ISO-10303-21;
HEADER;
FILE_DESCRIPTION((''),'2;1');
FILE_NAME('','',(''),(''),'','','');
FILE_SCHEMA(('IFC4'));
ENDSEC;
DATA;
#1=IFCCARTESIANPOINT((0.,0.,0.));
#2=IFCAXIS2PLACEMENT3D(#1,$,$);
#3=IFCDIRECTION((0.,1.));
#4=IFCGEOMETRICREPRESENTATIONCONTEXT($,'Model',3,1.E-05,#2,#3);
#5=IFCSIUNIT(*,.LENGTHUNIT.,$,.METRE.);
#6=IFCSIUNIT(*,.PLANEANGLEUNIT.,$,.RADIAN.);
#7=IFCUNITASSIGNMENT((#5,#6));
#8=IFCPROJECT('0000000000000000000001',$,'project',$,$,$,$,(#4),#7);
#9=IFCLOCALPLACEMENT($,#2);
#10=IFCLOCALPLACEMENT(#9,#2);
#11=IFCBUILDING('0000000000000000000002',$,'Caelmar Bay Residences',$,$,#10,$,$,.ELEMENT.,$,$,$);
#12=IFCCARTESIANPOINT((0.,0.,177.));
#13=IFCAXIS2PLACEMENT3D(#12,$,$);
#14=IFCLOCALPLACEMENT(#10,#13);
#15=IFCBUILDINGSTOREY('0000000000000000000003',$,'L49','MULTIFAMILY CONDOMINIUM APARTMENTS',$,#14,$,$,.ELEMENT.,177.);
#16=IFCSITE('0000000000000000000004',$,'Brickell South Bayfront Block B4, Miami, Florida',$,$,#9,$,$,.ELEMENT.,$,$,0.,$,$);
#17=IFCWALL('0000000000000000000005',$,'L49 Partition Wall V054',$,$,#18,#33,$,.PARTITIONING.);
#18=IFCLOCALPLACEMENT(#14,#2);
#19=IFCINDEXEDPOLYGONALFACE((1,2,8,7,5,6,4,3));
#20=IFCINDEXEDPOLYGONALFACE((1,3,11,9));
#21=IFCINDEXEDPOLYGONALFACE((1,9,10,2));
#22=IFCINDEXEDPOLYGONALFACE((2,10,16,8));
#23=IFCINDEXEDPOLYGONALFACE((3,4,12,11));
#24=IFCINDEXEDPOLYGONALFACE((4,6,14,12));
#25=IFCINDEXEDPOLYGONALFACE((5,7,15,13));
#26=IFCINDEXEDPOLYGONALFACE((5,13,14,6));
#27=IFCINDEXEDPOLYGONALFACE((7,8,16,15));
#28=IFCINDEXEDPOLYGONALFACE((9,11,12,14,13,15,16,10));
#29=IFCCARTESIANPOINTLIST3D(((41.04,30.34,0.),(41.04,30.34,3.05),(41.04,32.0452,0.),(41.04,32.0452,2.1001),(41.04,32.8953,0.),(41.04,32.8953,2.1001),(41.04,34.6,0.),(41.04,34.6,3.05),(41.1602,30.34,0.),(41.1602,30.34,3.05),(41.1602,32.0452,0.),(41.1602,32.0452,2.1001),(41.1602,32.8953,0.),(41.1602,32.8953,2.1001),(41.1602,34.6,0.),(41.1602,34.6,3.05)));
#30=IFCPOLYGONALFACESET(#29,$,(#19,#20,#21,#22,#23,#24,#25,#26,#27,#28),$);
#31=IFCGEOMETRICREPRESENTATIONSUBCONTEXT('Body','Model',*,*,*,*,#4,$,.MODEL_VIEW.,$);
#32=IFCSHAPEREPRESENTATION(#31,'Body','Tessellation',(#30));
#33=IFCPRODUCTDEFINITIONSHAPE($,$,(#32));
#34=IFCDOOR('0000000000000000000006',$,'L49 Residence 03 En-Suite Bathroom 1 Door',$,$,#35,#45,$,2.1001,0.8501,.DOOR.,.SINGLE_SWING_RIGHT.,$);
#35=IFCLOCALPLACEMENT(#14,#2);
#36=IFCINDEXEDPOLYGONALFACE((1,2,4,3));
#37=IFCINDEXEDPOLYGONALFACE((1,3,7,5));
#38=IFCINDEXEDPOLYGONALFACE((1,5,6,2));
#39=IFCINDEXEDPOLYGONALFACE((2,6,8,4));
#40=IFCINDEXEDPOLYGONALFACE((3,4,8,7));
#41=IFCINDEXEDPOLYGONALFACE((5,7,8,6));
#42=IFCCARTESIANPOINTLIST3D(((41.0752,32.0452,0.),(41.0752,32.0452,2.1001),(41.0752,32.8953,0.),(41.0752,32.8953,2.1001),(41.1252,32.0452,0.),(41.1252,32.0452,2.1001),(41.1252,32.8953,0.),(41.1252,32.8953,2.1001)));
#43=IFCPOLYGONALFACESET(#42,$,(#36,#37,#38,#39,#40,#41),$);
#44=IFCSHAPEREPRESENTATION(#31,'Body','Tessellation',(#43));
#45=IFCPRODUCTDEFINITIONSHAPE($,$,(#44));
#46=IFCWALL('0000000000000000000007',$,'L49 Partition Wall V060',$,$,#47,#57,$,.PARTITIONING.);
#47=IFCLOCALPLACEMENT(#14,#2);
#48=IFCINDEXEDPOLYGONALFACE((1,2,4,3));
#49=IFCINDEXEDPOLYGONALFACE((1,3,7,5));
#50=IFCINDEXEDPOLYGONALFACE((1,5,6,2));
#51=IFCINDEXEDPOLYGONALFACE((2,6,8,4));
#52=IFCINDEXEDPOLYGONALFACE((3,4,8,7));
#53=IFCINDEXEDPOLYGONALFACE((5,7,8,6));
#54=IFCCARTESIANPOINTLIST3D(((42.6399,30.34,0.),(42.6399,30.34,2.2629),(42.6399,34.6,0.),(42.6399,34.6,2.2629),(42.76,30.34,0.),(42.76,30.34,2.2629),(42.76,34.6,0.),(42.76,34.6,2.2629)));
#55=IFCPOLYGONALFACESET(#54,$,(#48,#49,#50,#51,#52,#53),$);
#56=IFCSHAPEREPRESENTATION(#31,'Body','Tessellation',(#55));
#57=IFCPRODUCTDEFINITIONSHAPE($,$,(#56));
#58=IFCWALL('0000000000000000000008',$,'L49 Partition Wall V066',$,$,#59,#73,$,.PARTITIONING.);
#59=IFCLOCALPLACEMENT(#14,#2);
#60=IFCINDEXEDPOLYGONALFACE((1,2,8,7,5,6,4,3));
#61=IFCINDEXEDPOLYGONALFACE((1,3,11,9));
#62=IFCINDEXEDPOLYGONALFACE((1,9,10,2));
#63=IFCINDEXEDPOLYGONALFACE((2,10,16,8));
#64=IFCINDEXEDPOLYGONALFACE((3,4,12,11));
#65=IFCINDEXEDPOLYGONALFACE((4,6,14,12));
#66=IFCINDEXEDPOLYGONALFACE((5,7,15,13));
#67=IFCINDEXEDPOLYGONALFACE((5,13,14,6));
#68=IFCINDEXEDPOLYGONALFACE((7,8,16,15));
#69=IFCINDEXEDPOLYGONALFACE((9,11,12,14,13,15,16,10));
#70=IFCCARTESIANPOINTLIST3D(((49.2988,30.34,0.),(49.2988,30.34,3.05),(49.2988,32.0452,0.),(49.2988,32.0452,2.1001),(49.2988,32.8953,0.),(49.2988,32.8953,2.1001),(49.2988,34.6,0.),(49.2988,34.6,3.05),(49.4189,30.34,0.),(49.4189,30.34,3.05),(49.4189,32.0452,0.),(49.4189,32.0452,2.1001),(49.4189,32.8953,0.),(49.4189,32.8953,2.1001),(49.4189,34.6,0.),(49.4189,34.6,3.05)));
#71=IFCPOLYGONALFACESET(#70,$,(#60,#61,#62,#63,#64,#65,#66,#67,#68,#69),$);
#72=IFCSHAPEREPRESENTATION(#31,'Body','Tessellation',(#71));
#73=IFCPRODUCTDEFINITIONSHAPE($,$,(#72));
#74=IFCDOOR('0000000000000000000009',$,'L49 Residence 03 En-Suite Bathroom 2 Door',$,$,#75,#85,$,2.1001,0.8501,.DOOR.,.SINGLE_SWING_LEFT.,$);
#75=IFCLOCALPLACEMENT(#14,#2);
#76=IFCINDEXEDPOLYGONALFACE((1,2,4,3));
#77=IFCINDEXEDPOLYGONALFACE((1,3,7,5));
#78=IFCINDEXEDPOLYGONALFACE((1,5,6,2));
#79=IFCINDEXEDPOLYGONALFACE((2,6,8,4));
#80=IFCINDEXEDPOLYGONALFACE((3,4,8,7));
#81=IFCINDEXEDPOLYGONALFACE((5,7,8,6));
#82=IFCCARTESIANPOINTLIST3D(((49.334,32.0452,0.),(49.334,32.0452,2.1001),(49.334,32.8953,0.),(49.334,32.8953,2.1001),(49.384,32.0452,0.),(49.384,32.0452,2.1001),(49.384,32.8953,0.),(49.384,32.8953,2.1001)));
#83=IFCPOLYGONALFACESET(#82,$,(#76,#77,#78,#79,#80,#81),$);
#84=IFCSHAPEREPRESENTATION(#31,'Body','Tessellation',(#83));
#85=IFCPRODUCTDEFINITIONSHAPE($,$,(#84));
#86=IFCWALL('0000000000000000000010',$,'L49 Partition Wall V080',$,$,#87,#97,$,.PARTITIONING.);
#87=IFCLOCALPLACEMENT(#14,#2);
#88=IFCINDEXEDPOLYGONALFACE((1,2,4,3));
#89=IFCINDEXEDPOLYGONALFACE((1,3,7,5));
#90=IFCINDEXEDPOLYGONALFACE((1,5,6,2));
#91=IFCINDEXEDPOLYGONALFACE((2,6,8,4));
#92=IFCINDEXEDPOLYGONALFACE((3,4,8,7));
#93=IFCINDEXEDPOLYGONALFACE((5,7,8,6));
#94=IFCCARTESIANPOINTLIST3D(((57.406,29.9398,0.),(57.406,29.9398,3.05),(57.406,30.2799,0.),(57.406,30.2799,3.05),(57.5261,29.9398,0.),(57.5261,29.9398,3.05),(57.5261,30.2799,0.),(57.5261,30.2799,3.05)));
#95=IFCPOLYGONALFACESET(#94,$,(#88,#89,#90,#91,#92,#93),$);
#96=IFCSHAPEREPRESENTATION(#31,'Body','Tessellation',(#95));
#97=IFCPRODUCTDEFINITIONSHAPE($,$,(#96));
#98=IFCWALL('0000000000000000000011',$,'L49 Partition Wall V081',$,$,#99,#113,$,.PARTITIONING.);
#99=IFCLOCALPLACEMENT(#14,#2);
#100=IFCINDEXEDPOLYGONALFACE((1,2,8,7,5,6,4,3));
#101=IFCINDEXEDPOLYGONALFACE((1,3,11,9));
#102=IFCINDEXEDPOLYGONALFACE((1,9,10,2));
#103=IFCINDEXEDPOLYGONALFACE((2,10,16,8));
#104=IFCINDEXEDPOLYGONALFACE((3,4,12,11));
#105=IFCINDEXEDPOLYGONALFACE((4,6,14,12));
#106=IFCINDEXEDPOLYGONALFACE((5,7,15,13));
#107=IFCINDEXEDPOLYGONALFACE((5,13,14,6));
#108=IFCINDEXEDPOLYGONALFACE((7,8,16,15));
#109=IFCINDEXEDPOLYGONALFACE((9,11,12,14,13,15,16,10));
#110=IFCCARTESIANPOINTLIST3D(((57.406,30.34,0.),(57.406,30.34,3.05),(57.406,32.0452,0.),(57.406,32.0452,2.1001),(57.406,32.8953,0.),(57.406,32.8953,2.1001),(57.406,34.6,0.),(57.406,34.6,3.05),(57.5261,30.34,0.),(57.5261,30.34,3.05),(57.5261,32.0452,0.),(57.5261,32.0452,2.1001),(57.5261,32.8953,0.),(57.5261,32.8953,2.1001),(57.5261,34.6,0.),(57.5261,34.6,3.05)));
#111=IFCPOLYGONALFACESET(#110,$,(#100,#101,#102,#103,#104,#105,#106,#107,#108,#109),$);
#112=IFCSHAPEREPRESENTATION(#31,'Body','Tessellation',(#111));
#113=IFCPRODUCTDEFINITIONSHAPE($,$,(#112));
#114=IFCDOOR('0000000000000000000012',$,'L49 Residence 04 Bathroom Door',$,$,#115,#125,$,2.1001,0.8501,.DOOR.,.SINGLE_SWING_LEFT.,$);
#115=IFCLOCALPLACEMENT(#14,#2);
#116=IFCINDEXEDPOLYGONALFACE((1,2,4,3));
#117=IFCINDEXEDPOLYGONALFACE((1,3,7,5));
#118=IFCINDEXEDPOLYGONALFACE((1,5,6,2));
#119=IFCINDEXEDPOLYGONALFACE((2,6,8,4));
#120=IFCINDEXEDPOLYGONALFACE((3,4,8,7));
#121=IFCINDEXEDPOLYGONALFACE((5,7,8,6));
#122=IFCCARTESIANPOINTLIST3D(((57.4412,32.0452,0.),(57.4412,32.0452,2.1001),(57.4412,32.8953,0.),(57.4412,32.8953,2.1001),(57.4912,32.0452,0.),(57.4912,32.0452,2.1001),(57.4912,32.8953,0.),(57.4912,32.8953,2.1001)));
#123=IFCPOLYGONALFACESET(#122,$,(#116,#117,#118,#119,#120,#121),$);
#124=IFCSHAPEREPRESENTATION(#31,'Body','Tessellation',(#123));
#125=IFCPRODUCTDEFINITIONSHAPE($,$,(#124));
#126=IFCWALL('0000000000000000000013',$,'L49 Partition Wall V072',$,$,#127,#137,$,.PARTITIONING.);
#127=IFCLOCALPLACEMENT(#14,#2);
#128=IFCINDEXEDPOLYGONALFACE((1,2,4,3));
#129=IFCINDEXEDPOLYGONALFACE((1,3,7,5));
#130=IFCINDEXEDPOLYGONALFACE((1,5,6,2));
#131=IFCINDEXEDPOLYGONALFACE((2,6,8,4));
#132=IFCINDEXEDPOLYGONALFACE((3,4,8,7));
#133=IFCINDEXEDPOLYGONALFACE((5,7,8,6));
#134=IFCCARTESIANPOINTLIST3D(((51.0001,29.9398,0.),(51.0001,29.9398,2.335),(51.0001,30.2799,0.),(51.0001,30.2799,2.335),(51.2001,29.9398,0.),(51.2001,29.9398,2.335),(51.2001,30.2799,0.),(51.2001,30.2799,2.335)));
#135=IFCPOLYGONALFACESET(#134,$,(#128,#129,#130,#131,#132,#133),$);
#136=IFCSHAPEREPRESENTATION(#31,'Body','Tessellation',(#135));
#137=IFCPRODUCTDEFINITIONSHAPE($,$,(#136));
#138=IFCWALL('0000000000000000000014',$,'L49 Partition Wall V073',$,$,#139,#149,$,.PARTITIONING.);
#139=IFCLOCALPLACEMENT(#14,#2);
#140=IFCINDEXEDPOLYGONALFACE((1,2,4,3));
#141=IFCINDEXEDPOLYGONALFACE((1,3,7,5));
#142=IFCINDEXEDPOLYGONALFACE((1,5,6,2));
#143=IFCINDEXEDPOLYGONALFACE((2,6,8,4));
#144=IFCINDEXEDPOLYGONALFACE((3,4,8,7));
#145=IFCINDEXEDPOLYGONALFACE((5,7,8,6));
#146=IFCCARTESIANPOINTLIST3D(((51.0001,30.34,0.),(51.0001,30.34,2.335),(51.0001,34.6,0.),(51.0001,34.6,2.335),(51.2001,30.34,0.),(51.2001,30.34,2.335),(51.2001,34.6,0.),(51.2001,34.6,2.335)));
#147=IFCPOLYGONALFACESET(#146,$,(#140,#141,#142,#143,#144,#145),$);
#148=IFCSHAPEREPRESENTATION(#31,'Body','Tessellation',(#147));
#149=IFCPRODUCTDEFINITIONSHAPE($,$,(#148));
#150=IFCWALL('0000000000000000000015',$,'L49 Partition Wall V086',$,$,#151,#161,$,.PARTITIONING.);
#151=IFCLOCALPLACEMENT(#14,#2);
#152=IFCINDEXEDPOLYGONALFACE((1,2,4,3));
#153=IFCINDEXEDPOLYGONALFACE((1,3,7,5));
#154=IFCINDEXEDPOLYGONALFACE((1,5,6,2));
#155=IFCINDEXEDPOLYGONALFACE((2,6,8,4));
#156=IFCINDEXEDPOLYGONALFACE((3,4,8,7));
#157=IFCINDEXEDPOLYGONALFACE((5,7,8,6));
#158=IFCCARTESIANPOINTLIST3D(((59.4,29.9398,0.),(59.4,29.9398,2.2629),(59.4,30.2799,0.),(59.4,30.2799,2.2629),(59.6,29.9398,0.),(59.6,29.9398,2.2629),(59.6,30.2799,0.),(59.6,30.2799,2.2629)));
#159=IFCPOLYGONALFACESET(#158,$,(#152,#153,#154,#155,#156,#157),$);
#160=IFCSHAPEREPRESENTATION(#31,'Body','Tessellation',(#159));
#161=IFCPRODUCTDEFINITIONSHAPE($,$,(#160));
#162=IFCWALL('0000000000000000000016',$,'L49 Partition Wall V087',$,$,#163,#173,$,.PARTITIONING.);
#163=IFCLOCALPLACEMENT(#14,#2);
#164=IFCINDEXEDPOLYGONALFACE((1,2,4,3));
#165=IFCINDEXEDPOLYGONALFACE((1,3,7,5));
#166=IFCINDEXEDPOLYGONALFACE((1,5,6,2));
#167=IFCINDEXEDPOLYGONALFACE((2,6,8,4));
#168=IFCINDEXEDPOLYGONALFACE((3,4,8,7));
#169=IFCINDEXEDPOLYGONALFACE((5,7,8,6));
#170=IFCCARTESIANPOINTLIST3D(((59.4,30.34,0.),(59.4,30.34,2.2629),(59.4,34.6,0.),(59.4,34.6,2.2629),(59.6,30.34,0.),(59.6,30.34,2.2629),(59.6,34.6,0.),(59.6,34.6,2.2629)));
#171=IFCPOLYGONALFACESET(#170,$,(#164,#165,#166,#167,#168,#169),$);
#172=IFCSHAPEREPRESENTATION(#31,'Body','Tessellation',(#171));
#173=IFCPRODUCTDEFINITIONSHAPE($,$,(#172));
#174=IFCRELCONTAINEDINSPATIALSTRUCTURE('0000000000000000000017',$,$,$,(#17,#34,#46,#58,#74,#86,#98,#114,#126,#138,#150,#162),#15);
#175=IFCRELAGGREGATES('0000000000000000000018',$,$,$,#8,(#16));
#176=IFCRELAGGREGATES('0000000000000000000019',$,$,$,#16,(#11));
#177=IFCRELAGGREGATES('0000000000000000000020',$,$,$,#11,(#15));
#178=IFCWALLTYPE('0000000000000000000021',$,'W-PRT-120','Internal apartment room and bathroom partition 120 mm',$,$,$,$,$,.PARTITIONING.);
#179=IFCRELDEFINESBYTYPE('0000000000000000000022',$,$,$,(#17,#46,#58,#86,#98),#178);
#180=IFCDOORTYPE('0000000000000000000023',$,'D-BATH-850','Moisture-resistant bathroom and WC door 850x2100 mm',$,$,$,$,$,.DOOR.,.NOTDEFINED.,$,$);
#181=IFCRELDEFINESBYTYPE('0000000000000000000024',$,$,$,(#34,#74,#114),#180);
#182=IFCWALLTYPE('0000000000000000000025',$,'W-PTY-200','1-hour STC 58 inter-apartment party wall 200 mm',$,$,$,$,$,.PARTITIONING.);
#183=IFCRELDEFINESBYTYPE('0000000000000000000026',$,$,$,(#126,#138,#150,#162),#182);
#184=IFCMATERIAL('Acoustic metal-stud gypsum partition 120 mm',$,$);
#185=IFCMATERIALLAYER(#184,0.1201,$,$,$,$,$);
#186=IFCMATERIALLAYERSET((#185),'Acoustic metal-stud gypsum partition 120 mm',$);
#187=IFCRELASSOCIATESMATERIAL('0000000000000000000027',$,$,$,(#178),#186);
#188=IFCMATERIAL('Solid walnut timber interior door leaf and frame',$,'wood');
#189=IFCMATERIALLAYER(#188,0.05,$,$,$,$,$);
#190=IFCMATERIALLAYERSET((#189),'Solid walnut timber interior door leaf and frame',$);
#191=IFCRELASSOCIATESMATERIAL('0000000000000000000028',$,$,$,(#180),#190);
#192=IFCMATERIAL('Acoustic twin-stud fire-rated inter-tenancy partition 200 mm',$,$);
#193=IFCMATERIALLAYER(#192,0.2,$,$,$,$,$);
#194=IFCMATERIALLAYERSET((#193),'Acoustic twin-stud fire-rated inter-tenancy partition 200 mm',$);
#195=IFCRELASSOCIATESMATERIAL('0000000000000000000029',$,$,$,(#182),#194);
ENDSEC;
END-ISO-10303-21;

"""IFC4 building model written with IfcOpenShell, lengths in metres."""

from ifc_helpers import new_model, si_unit, direction, frame, frame_2d, origin, place, context, subcontext, project, spatial, rectangle, extrude, material, layer, layer_set, type_object, element, fill, save


model = new_model("IFC4")

# Units and contexts
model_context = context("Model", 3, precision=1e-05, world=origin(), true_north=direction((0.0, 1.0)))
body_context = subcontext(model_context, "Body", "Model", "MODEL_VIEW")
ifc_project = project(units=[si_unit("LENGTHUNIT", "METRE"), si_unit("PLANEANGLEUNIT", "RADIAN")], contexts=[model_context])

# Site, building, storey
site_placement = place(None, origin())
site = spatial("IfcSite", under=ifc_project, at=site_placement, Name="Brickell South Bayfront Block B4, Miami, Florida", CompositionType="ELEMENT", RefElevation=0.0)
building_placement = place(site_placement, origin())
building = spatial("IfcBuilding", under=site, at=building_placement, Name="Caelmar Bay Residences", CompositionType="ELEMENT")
storey_placement = place(building_placement, frame((0.0, 0.0, 177.0)))
storey = spatial("IfcBuildingStorey", under=building, at=storey_placement, Name="L49", Description="MULTIFAMILY CONDOMINIUM APARTMENTS", CompositionType="ELEMENT", Elevation=177.0)

# Shared definitions
ifc_material_1 = material(Name="Acoustic metal-stud gypsum partition 120 mm")
ifc_layer_1 = layer(ifc_material_1, 0.1201)
ifc_layer_set_1 = layer_set([ifc_layer_1], Name="Acoustic metal-stud gypsum partition 120 mm")
wall_type_1 = type_object("IfcWallType", Name="W-PRT-120", Description="Internal apartment room and bathroom partition 120 mm", PredefinedType="PARTITIONING", material=ifc_layer_set_1)

# Wall, opening, door
wall_1_placement = place(storey_placement, frame((41.1001, 30.3401, 0.0), z_axis=(0.0, 0.0, 1.0), x_axis=(0.0, 1.0, 0.0)))
wall_1 = element("IfcWall", 1, at=wall_1_placement, inside=storey, type_object=wall_type_1, Name="L49 Partition Wall V054", PredefinedType="PARTITIONING", context=body_context, shape_type="SweptSolid", body=[
    extrude(rectangle(XDim=4.26, YDim=0.1201, at=frame_2d((2.1299, 0.0))), origin(), (0.0, 0.0, 1.0), 3.05),
])
opening_1_placement = place(wall_1_placement, frame((1.7051, 0.0, 0.0)))
opening_1 = element("IfcOpeningElement", 2, at=opening_1_placement, cuts=wall_1, PredefinedType="OPENING", context=body_context, shape_type="SweptSolid", body=[
    extrude(rectangle(XDim=0.8501, YDim=2.1001, at=frame_2d((0.425, 1.05))), frame((0.0, 0.0701, 0.0), z_axis=(0.0, -1.0, 0.0), x_axis=(1.0, 0.0, 0.0)), (0.0, 0.0, 1.0), 0.1401),
])
ifc_material_2 = material(Name="Solid walnut timber interior door leaf and frame", Category="wood")
ifc_layer_2 = layer(ifc_material_2, 0.05)
ifc_layer_set_2 = layer_set([ifc_layer_2], Name="Solid walnut timber interior door leaf and frame")
door_type_1 = type_object("IfcDoorType", Name="D-BATH-850", Description="Moisture-resistant bathroom and WC door 850x2100 mm", OperationType="NOTDEFINED", PredefinedType="DOOR", material=ifc_layer_set_2)
door_1_placement = place(opening_1_placement, origin())
door_1 = element("IfcDoor", 3, at=door_1_placement, inside=storey, type_object=door_type_1, Name="L49 Residence 03 En-Suite Bathroom 1 Door", OperationType="SINGLE_SWING_RIGHT", OverallHeight=2.1001, OverallWidth=0.8501, PredefinedType="DOOR", context=body_context, shape_type="SweptSolid", body=[
    extrude(rectangle(XDim=0.8501, YDim=2.1001, at=frame_2d((0.425, 1.05))), frame((0.0, 0.0249, 0.0), z_axis=(0.0, -1.0, 0.0), x_axis=(1.0, 0.0, 0.0)), (0.0, 0.0, 1.0), 0.05),
])
fill(opening_1, door_1)

# Wall
wall_2_placement = place(storey_placement, frame((42.7, 30.3401, 0.0), z_axis=(0.0, 0.0, 1.0), x_axis=(0.0, 1.0, 0.0)))
element("IfcWall", 4, at=wall_2_placement, inside=storey, type_object=wall_type_1, Name="L49 Partition Wall V060", PredefinedType="PARTITIONING", context=body_context, shape_type="SweptSolid", body=[
    extrude(rectangle(XDim=4.26, YDim=0.1201, at=frame_2d((2.1299, 0.0))), origin(), (0.0, 0.0, 1.0), 2.2629),
])

# Wall, opening, door
wall_3_placement = place(storey_placement, frame((49.3589, 30.3401, 0.0), z_axis=(0.0, 0.0, 1.0), x_axis=(0.0, 1.0, 0.0)))
wall_3 = element("IfcWall", 5, at=wall_3_placement, inside=storey, type_object=wall_type_1, Name="L49 Partition Wall V066", PredefinedType="PARTITIONING", context=body_context, shape_type="SweptSolid", body=[
    extrude(rectangle(XDim=4.26, YDim=0.1201, at=frame_2d((2.1299, 0.0))), origin(), (0.0, 0.0, 1.0), 3.05),
])
opening_2_placement = place(wall_3_placement, frame((1.7051, 0.0, 0.0)))
opening_2 = element("IfcOpeningElement", 6, at=opening_2_placement, cuts=wall_3, PredefinedType="OPENING", context=body_context, shape_type="SweptSolid", body=[
    extrude(rectangle(XDim=0.8501, YDim=2.1001, at=frame_2d((0.425, 1.05))), frame((0.0, 0.0701, 0.0), z_axis=(0.0, -1.0, 0.0), x_axis=(1.0, 0.0, 0.0)), (0.0, 0.0, 1.0), 0.1401),
])
door_2_placement = place(opening_2_placement, origin())
door_2 = element("IfcDoor", 7, at=door_2_placement, inside=storey, type_object=door_type_1, Name="L49 Residence 03 En-Suite Bathroom 2 Door", OperationType="SINGLE_SWING_LEFT", OverallHeight=2.1001, OverallWidth=0.8501, PredefinedType="DOOR", context=body_context, shape_type="SweptSolid", body=[
    extrude(rectangle(XDim=0.8501, YDim=2.1001, at=frame_2d((0.425, 1.05))), frame((0.0, 0.0249, 0.0), z_axis=(0.0, -1.0, 0.0), x_axis=(1.0, 0.0, 0.0)), (0.0, 0.0, 1.0), 0.05),
])
fill(opening_2, door_2)

# Wall
wall_4_placement = place(storey_placement, frame((57.4661, 29.9399, 0.0), z_axis=(0.0, 0.0, 1.0), x_axis=(0.0, 1.0, 0.0)))
element("IfcWall", 8, at=wall_4_placement, inside=storey, type_object=wall_type_1, Name="L49 Partition Wall V080", PredefinedType="PARTITIONING", context=body_context, shape_type="SweptSolid", body=[
    extrude(rectangle(XDim=0.3401, YDim=0.1201, at=frame_2d((0.1699, 0.0))), origin(), (0.0, 0.0, 1.0), 3.05),
])

# Wall, opening, door
wall_5_placement = place(storey_placement, frame((57.4661, 30.3401, 0.0), z_axis=(0.0, 0.0, 1.0), x_axis=(0.0, 1.0, 0.0)))
wall_5 = element("IfcWall", 9, at=wall_5_placement, inside=storey, type_object=wall_type_1, Name="L49 Partition Wall V081", PredefinedType="PARTITIONING", context=body_context, shape_type="SweptSolid", body=[
    extrude(rectangle(XDim=4.26, YDim=0.1201, at=frame_2d((2.1299, 0.0))), origin(), (0.0, 0.0, 1.0), 3.05),
])
opening_3_placement = place(wall_5_placement, frame((1.7051, 0.0, 0.0)))
opening_3 = element("IfcOpeningElement", 10, at=opening_3_placement, cuts=wall_5, PredefinedType="OPENING", context=body_context, shape_type="SweptSolid", body=[
    extrude(rectangle(XDim=0.8501, YDim=2.1001, at=frame_2d((0.425, 1.05))), frame((0.0, 0.0701, 0.0), z_axis=(0.0, -1.0, 0.0), x_axis=(1.0, 0.0, 0.0)), (0.0, 0.0, 1.0), 0.1401),
])
door_3_placement = place(opening_3_placement, origin())
door_3 = element("IfcDoor", 11, at=door_3_placement, inside=storey, type_object=door_type_1, Name="L49 Residence 04 Bathroom Door", OperationType="SINGLE_SWING_LEFT", OverallHeight=2.1001, OverallWidth=0.8501, PredefinedType="DOOR", context=body_context, shape_type="SweptSolid", body=[
    extrude(rectangle(XDim=0.8501, YDim=2.1001, at=frame_2d((0.425, 1.05))), frame((0.0, 0.0249, 0.0), z_axis=(0.0, -1.0, 0.0), x_axis=(1.0, 0.0, 0.0)), (0.0, 0.0, 1.0), 0.05),
])
fill(opening_3, door_3)

# Walls
ifc_material_3 = material(Name="Acoustic twin-stud fire-rated inter-tenancy partition 200 mm")
ifc_layer_3 = layer(ifc_material_3, 0.2)
ifc_layer_set_3 = layer_set([ifc_layer_3], Name="Acoustic twin-stud fire-rated inter-tenancy partition 200 mm")
wall_type_2 = type_object("IfcWallType", Name="W-PTY-200", Description="1-hour STC 58 inter-apartment party wall 200 mm", PredefinedType="PARTITIONING", material=ifc_layer_set_3)
wall_6_placement = place(storey_placement, frame((51.1001, 29.9399, 0.0), z_axis=(0.0, 0.0, 1.0), x_axis=(0.0, 1.0, 0.0)))
element("IfcWall", 12, at=wall_6_placement, inside=storey, type_object=wall_type_2, Name="L49 Partition Wall V072", PredefinedType="PARTITIONING", context=body_context, shape_type="SweptSolid", body=[
    extrude(rectangle(XDim=0.3401, YDim=0.2, at=frame_2d((0.1699, 0.0))), origin(), (0.0, 0.0, 1.0), 2.335),
])
wall_7_placement = place(storey_placement, frame((51.1001, 30.3401, 0.0), z_axis=(0.0, 0.0, 1.0), x_axis=(0.0, 1.0, 0.0)))
element("IfcWall", 13, at=wall_7_placement, inside=storey, type_object=wall_type_2, Name="L49 Partition Wall V073", PredefinedType="PARTITIONING", context=body_context, shape_type="SweptSolid", body=[
    extrude(rectangle(XDim=4.26, YDim=0.2, at=frame_2d((2.1299, 0.0))), origin(), (0.0, 0.0, 1.0), 2.335),
])
wall_8_placement = place(storey_placement, frame((59.5, 29.9399, 0.0), z_axis=(0.0, 0.0, 1.0), x_axis=(0.0, 1.0, 0.0)))
element("IfcWall", 14, at=wall_8_placement, inside=storey, type_object=wall_type_2, Name="L49 Partition Wall V086", PredefinedType="PARTITIONING", context=body_context, shape_type="SweptSolid", body=[
    extrude(rectangle(XDim=0.3401, YDim=0.2, at=frame_2d((0.1699, 0.0))), origin(), (0.0, 0.0, 1.0), 2.2629),
])
wall_9_placement = place(storey_placement, frame((59.5, 30.3401, 0.0), z_axis=(0.0, 0.0, 1.0), x_axis=(0.0, 1.0, 0.0)))
element("IfcWall", 15, at=wall_9_placement, inside=storey, type_object=wall_type_2, Name="L49 Partition Wall V087", PredefinedType="PARTITIONING", context=body_context, shape_type="SweptSolid", body=[
    extrude(rectangle(XDim=4.26, YDim=0.2, at=frame_2d((2.1299, 0.0))), origin(), (0.0, 0.0, 1.0), 2.2629),
])

save(model, "model.ifc")
